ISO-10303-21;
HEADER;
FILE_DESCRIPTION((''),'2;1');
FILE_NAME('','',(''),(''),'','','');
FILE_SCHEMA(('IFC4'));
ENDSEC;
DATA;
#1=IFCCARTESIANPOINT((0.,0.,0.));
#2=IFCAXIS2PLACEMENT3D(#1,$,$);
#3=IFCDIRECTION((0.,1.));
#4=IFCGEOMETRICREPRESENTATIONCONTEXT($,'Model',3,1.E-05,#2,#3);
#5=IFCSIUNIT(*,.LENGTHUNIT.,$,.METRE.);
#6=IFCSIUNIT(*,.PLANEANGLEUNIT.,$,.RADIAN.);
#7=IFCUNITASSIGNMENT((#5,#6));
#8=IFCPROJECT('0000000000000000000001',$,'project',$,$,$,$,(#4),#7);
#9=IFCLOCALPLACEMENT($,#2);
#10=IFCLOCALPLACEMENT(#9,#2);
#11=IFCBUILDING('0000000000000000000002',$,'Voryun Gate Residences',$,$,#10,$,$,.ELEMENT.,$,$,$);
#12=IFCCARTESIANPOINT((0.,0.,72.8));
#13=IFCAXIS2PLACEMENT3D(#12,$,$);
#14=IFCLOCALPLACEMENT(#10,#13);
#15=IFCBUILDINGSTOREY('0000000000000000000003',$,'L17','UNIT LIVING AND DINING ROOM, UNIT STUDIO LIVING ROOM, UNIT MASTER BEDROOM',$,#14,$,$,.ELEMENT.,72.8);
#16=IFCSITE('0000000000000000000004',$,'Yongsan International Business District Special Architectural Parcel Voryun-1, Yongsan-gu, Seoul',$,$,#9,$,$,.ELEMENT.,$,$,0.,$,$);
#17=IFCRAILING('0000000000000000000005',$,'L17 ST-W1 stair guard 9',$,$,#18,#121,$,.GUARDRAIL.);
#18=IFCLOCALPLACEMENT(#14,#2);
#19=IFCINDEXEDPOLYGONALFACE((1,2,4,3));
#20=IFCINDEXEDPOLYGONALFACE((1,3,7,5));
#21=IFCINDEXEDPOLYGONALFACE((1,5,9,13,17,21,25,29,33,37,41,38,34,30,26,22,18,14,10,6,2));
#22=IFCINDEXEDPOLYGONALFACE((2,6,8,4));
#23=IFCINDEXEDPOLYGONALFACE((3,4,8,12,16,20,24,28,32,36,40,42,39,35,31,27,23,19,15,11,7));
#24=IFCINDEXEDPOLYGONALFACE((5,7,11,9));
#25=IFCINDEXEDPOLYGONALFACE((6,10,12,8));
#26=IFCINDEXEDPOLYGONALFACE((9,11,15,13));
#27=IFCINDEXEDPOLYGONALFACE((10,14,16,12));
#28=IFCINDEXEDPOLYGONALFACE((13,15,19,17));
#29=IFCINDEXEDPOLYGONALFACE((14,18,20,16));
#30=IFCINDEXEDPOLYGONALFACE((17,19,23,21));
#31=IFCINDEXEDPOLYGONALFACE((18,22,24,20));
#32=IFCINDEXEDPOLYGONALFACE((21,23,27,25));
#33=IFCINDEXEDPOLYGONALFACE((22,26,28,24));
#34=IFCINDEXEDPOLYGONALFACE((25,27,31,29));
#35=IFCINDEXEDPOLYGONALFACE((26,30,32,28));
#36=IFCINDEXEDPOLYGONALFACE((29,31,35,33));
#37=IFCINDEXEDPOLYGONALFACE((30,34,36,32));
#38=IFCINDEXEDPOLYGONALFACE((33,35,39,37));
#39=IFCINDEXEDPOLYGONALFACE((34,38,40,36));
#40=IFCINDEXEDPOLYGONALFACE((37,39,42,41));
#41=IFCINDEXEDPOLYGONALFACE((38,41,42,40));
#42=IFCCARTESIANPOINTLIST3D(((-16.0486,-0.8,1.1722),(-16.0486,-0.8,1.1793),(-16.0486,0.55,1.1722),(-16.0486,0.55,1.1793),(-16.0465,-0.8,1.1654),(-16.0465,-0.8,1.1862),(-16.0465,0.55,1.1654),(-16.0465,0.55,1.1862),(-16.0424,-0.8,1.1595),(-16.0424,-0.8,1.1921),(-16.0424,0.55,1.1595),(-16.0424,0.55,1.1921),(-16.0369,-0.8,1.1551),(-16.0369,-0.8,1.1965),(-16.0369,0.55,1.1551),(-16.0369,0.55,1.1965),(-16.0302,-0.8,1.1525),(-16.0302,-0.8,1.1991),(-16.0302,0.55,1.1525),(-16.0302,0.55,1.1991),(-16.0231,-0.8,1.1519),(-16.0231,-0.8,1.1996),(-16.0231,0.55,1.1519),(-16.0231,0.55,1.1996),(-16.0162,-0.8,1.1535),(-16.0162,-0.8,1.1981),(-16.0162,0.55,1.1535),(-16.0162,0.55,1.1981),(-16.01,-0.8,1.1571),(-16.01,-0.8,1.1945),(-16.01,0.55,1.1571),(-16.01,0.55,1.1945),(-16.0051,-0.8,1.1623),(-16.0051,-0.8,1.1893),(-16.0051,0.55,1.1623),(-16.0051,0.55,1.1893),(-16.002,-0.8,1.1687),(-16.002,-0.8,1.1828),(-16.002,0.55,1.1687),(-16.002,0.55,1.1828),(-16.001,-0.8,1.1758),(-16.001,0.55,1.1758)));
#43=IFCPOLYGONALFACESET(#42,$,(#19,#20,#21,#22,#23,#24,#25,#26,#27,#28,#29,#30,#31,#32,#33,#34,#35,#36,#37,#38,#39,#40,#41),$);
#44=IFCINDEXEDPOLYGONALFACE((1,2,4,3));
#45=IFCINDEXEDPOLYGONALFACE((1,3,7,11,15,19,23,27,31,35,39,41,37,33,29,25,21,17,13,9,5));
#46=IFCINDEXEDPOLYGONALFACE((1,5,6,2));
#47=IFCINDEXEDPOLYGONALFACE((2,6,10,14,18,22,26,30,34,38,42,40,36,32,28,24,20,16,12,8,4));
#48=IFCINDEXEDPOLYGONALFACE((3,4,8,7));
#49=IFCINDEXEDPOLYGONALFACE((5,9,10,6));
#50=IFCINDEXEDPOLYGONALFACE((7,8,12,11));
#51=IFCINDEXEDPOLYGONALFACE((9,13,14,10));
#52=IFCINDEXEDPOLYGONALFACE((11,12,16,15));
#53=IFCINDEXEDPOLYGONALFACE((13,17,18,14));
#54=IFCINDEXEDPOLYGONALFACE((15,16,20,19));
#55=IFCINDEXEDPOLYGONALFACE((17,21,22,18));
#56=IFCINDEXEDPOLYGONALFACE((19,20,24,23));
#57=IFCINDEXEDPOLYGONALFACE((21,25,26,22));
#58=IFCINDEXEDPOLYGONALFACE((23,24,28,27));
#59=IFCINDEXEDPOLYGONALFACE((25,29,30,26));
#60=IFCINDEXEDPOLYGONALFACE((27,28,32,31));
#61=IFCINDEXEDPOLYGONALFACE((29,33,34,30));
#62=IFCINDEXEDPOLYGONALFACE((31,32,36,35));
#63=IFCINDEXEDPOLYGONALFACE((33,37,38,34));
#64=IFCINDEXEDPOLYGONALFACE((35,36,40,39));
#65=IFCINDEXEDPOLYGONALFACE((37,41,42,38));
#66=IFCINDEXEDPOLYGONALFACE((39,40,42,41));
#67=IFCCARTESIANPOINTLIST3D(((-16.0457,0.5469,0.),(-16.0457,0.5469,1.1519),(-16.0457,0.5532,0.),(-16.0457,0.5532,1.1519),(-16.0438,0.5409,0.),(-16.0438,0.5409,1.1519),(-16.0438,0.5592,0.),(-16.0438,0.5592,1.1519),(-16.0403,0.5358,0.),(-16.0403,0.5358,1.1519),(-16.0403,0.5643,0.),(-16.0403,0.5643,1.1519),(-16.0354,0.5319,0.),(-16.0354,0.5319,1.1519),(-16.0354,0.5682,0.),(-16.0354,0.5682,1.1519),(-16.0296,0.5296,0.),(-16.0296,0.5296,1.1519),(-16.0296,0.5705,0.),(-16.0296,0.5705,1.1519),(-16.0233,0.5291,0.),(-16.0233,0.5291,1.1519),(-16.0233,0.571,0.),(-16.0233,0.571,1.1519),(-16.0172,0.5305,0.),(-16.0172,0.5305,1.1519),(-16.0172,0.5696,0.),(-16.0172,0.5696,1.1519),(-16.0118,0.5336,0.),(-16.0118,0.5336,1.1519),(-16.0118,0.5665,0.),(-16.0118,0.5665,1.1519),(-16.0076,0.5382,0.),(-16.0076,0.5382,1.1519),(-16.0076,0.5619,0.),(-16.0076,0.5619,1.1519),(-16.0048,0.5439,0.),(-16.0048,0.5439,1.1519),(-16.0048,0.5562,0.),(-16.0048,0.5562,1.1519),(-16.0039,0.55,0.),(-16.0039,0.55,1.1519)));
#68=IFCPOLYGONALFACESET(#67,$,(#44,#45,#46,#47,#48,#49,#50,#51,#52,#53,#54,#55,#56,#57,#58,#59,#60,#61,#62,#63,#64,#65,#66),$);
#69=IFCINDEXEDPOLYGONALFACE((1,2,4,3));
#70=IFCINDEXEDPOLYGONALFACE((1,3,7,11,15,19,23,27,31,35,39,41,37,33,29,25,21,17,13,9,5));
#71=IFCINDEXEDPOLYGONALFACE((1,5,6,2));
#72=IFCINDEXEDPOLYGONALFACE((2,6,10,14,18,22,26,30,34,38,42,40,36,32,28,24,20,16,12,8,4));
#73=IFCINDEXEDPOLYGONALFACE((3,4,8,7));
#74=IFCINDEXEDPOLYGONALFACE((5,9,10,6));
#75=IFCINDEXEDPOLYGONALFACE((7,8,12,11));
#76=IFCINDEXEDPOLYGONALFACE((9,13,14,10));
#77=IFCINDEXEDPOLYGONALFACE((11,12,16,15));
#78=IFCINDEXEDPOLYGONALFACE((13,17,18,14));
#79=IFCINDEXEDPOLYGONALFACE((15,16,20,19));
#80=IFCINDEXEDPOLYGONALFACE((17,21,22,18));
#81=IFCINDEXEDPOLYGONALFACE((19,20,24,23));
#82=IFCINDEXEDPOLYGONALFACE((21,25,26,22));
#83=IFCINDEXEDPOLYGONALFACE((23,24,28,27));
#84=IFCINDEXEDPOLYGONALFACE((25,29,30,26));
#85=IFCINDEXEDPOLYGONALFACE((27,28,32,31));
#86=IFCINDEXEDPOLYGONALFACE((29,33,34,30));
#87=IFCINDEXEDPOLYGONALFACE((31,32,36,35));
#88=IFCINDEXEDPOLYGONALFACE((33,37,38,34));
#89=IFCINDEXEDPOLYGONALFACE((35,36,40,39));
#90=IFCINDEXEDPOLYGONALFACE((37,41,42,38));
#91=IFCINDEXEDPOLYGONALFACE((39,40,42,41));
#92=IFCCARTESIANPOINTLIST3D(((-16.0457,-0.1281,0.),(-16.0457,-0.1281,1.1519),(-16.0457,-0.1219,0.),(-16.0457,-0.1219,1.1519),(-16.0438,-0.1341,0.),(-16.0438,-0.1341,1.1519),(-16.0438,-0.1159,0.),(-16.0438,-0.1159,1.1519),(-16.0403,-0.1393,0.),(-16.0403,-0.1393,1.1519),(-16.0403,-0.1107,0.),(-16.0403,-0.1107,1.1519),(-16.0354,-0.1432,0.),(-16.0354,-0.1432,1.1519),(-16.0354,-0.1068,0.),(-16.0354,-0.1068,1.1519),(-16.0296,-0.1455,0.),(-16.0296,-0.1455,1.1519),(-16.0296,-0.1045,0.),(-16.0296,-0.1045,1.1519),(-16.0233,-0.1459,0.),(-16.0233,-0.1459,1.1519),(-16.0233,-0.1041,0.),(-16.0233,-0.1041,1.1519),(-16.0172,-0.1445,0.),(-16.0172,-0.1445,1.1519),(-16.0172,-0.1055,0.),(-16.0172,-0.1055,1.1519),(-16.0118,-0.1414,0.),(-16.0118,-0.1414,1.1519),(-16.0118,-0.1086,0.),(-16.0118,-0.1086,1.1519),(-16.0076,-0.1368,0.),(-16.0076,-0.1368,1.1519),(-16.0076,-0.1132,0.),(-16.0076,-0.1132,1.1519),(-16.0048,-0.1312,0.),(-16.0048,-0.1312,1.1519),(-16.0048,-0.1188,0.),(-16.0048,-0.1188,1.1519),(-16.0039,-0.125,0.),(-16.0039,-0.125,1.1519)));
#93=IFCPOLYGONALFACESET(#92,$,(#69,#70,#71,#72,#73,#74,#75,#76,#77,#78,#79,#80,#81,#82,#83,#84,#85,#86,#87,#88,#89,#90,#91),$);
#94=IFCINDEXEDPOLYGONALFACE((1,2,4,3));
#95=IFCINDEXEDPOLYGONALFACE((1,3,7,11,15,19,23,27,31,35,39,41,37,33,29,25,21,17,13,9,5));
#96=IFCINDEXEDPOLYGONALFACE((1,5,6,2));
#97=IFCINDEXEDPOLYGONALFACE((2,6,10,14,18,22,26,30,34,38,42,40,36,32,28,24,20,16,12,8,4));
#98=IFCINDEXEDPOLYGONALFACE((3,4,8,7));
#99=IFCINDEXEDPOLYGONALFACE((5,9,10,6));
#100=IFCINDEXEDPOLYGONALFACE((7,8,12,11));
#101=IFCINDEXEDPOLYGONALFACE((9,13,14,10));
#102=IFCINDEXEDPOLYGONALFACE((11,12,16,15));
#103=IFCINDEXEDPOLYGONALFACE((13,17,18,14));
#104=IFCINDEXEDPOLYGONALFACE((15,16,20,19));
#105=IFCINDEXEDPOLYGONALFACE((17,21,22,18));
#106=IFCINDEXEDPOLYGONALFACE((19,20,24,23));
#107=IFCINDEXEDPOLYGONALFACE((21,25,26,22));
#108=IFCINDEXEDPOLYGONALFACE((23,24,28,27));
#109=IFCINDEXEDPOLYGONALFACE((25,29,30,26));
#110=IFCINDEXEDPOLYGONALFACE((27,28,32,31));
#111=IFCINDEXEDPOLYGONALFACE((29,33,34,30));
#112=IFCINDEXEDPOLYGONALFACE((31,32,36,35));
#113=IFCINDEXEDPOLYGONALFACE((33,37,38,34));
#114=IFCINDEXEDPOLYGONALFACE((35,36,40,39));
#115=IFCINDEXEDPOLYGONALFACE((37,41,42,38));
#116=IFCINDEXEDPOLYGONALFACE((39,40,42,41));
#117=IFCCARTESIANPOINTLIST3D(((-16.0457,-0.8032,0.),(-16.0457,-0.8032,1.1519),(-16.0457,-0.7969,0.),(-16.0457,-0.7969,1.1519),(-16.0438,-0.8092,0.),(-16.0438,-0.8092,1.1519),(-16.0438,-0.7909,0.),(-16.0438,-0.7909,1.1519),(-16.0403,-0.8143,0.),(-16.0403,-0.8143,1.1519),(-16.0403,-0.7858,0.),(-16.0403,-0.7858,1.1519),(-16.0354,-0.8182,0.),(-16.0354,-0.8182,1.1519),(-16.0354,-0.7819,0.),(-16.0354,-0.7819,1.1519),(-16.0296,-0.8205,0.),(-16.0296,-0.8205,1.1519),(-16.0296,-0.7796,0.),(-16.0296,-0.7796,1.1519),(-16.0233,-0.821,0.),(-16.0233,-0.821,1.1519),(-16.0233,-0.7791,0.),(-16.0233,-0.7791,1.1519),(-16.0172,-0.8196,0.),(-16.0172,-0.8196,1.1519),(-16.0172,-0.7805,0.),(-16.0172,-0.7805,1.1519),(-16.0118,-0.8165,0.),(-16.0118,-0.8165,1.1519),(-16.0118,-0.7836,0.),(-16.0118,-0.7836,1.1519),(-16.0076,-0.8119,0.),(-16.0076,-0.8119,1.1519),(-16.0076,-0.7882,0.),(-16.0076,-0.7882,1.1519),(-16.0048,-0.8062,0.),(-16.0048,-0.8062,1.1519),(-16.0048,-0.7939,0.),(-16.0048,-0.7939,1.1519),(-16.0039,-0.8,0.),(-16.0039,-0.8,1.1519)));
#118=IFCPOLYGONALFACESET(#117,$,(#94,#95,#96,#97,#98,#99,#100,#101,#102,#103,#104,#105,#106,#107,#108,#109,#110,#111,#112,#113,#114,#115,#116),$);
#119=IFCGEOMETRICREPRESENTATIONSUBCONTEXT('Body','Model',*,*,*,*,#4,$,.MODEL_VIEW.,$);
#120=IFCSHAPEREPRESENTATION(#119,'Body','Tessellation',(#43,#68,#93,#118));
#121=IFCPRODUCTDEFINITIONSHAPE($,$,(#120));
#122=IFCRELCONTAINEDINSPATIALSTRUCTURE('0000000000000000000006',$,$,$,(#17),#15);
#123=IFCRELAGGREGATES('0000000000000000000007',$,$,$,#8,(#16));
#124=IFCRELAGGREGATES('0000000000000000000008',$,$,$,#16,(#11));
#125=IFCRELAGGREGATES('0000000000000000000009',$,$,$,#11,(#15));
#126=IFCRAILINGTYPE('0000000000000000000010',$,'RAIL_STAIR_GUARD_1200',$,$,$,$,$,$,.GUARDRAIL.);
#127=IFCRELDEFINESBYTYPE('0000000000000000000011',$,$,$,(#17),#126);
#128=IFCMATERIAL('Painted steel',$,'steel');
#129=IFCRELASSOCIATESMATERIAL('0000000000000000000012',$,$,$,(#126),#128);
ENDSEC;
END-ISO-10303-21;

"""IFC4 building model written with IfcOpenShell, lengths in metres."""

from ifc_helpers import new_model, si_unit, direction, frame, origin, origin_2d, place, context, subcontext, project, spatial, circle, extrude, material, type_object, element, save


model = new_model("IFC4")

# Units and contexts
model_context = context("Model", 3, precision=1e-05, world=origin(), true_north=direction((0.0, 1.0)))
body_context = subcontext(model_context, "Body", "Model", "MODEL_VIEW")
ifc_project = project(units=[si_unit("LENGTHUNIT", "METRE"), si_unit("PLANEANGLEUNIT", "RADIAN")], contexts=[model_context])

# Site, building, storey
site_placement = place(None, origin())
site = spatial("IfcSite", under=ifc_project, at=site_placement, Name="Yongsan International Business District Special Architectural Parcel Voryun-1, Yongsan-gu, Seoul", CompositionType="ELEMENT", RefElevation=0.0)
building_placement = place(site_placement, origin())
building = spatial("IfcBuilding", under=site, at=building_placement, Name="Voryun Gate Residences", CompositionType="ELEMENT")
storey_placement = place(building_placement, frame((0.0, 0.0, 72.8)))
storey = spatial("IfcBuildingStorey", under=building, at=storey_placement, Name="L17", Description="UNIT LIVING AND DINING ROOM, UNIT STUDIO LIVING ROOM, UNIT MASTER BEDROOM", CompositionType="ELEMENT", Elevation=72.8)

# Railing
ifc_material_1 = material(Name="Painted steel", Category="steel")
railing_type = type_object("IfcRailingType", Name="RAIL_STAIR_GUARD_1200", PredefinedType="GUARDRAIL", material=ifc_material_1)
for number, where, name in (
    (1, (-16.0249, 0.55, 0.0), "L17 ST-W1 stair guard 9"),
):
    element("IfcRailing", number, at=place(storey_placement, frame(where)), inside=storey, type_object=railing_type, Name=name, PredefinedType="GUARDRAIL", context=body_context, shape_type="SweptSolid", body=[
        extrude(circle(Radius=0.0239, at=origin_2d()), frame((0.0, 0.0, 1.1758), z_axis=(0.0, -1.0, 0.0), x_axis=(1.0, 0.0, 0.0)), (0.0, 0.0, 1.0), 1.3501),
        extrude(circle(Radius=0.021, at=origin_2d()), origin(), (0.0, 0.0, 1.0), 1.1519),
        extrude(circle(Radius=0.021, at=origin_2d()), frame((0.0, -0.675, 0.0)), (0.0, 0.0, 1.0), 1.1519),
        extrude(circle(Radius=0.021, at=origin_2d()), frame((0.0, -1.3501, 0.0)), (0.0, 0.0, 1.0), 1.1519),
    ])

save(model, "model.ifc")
